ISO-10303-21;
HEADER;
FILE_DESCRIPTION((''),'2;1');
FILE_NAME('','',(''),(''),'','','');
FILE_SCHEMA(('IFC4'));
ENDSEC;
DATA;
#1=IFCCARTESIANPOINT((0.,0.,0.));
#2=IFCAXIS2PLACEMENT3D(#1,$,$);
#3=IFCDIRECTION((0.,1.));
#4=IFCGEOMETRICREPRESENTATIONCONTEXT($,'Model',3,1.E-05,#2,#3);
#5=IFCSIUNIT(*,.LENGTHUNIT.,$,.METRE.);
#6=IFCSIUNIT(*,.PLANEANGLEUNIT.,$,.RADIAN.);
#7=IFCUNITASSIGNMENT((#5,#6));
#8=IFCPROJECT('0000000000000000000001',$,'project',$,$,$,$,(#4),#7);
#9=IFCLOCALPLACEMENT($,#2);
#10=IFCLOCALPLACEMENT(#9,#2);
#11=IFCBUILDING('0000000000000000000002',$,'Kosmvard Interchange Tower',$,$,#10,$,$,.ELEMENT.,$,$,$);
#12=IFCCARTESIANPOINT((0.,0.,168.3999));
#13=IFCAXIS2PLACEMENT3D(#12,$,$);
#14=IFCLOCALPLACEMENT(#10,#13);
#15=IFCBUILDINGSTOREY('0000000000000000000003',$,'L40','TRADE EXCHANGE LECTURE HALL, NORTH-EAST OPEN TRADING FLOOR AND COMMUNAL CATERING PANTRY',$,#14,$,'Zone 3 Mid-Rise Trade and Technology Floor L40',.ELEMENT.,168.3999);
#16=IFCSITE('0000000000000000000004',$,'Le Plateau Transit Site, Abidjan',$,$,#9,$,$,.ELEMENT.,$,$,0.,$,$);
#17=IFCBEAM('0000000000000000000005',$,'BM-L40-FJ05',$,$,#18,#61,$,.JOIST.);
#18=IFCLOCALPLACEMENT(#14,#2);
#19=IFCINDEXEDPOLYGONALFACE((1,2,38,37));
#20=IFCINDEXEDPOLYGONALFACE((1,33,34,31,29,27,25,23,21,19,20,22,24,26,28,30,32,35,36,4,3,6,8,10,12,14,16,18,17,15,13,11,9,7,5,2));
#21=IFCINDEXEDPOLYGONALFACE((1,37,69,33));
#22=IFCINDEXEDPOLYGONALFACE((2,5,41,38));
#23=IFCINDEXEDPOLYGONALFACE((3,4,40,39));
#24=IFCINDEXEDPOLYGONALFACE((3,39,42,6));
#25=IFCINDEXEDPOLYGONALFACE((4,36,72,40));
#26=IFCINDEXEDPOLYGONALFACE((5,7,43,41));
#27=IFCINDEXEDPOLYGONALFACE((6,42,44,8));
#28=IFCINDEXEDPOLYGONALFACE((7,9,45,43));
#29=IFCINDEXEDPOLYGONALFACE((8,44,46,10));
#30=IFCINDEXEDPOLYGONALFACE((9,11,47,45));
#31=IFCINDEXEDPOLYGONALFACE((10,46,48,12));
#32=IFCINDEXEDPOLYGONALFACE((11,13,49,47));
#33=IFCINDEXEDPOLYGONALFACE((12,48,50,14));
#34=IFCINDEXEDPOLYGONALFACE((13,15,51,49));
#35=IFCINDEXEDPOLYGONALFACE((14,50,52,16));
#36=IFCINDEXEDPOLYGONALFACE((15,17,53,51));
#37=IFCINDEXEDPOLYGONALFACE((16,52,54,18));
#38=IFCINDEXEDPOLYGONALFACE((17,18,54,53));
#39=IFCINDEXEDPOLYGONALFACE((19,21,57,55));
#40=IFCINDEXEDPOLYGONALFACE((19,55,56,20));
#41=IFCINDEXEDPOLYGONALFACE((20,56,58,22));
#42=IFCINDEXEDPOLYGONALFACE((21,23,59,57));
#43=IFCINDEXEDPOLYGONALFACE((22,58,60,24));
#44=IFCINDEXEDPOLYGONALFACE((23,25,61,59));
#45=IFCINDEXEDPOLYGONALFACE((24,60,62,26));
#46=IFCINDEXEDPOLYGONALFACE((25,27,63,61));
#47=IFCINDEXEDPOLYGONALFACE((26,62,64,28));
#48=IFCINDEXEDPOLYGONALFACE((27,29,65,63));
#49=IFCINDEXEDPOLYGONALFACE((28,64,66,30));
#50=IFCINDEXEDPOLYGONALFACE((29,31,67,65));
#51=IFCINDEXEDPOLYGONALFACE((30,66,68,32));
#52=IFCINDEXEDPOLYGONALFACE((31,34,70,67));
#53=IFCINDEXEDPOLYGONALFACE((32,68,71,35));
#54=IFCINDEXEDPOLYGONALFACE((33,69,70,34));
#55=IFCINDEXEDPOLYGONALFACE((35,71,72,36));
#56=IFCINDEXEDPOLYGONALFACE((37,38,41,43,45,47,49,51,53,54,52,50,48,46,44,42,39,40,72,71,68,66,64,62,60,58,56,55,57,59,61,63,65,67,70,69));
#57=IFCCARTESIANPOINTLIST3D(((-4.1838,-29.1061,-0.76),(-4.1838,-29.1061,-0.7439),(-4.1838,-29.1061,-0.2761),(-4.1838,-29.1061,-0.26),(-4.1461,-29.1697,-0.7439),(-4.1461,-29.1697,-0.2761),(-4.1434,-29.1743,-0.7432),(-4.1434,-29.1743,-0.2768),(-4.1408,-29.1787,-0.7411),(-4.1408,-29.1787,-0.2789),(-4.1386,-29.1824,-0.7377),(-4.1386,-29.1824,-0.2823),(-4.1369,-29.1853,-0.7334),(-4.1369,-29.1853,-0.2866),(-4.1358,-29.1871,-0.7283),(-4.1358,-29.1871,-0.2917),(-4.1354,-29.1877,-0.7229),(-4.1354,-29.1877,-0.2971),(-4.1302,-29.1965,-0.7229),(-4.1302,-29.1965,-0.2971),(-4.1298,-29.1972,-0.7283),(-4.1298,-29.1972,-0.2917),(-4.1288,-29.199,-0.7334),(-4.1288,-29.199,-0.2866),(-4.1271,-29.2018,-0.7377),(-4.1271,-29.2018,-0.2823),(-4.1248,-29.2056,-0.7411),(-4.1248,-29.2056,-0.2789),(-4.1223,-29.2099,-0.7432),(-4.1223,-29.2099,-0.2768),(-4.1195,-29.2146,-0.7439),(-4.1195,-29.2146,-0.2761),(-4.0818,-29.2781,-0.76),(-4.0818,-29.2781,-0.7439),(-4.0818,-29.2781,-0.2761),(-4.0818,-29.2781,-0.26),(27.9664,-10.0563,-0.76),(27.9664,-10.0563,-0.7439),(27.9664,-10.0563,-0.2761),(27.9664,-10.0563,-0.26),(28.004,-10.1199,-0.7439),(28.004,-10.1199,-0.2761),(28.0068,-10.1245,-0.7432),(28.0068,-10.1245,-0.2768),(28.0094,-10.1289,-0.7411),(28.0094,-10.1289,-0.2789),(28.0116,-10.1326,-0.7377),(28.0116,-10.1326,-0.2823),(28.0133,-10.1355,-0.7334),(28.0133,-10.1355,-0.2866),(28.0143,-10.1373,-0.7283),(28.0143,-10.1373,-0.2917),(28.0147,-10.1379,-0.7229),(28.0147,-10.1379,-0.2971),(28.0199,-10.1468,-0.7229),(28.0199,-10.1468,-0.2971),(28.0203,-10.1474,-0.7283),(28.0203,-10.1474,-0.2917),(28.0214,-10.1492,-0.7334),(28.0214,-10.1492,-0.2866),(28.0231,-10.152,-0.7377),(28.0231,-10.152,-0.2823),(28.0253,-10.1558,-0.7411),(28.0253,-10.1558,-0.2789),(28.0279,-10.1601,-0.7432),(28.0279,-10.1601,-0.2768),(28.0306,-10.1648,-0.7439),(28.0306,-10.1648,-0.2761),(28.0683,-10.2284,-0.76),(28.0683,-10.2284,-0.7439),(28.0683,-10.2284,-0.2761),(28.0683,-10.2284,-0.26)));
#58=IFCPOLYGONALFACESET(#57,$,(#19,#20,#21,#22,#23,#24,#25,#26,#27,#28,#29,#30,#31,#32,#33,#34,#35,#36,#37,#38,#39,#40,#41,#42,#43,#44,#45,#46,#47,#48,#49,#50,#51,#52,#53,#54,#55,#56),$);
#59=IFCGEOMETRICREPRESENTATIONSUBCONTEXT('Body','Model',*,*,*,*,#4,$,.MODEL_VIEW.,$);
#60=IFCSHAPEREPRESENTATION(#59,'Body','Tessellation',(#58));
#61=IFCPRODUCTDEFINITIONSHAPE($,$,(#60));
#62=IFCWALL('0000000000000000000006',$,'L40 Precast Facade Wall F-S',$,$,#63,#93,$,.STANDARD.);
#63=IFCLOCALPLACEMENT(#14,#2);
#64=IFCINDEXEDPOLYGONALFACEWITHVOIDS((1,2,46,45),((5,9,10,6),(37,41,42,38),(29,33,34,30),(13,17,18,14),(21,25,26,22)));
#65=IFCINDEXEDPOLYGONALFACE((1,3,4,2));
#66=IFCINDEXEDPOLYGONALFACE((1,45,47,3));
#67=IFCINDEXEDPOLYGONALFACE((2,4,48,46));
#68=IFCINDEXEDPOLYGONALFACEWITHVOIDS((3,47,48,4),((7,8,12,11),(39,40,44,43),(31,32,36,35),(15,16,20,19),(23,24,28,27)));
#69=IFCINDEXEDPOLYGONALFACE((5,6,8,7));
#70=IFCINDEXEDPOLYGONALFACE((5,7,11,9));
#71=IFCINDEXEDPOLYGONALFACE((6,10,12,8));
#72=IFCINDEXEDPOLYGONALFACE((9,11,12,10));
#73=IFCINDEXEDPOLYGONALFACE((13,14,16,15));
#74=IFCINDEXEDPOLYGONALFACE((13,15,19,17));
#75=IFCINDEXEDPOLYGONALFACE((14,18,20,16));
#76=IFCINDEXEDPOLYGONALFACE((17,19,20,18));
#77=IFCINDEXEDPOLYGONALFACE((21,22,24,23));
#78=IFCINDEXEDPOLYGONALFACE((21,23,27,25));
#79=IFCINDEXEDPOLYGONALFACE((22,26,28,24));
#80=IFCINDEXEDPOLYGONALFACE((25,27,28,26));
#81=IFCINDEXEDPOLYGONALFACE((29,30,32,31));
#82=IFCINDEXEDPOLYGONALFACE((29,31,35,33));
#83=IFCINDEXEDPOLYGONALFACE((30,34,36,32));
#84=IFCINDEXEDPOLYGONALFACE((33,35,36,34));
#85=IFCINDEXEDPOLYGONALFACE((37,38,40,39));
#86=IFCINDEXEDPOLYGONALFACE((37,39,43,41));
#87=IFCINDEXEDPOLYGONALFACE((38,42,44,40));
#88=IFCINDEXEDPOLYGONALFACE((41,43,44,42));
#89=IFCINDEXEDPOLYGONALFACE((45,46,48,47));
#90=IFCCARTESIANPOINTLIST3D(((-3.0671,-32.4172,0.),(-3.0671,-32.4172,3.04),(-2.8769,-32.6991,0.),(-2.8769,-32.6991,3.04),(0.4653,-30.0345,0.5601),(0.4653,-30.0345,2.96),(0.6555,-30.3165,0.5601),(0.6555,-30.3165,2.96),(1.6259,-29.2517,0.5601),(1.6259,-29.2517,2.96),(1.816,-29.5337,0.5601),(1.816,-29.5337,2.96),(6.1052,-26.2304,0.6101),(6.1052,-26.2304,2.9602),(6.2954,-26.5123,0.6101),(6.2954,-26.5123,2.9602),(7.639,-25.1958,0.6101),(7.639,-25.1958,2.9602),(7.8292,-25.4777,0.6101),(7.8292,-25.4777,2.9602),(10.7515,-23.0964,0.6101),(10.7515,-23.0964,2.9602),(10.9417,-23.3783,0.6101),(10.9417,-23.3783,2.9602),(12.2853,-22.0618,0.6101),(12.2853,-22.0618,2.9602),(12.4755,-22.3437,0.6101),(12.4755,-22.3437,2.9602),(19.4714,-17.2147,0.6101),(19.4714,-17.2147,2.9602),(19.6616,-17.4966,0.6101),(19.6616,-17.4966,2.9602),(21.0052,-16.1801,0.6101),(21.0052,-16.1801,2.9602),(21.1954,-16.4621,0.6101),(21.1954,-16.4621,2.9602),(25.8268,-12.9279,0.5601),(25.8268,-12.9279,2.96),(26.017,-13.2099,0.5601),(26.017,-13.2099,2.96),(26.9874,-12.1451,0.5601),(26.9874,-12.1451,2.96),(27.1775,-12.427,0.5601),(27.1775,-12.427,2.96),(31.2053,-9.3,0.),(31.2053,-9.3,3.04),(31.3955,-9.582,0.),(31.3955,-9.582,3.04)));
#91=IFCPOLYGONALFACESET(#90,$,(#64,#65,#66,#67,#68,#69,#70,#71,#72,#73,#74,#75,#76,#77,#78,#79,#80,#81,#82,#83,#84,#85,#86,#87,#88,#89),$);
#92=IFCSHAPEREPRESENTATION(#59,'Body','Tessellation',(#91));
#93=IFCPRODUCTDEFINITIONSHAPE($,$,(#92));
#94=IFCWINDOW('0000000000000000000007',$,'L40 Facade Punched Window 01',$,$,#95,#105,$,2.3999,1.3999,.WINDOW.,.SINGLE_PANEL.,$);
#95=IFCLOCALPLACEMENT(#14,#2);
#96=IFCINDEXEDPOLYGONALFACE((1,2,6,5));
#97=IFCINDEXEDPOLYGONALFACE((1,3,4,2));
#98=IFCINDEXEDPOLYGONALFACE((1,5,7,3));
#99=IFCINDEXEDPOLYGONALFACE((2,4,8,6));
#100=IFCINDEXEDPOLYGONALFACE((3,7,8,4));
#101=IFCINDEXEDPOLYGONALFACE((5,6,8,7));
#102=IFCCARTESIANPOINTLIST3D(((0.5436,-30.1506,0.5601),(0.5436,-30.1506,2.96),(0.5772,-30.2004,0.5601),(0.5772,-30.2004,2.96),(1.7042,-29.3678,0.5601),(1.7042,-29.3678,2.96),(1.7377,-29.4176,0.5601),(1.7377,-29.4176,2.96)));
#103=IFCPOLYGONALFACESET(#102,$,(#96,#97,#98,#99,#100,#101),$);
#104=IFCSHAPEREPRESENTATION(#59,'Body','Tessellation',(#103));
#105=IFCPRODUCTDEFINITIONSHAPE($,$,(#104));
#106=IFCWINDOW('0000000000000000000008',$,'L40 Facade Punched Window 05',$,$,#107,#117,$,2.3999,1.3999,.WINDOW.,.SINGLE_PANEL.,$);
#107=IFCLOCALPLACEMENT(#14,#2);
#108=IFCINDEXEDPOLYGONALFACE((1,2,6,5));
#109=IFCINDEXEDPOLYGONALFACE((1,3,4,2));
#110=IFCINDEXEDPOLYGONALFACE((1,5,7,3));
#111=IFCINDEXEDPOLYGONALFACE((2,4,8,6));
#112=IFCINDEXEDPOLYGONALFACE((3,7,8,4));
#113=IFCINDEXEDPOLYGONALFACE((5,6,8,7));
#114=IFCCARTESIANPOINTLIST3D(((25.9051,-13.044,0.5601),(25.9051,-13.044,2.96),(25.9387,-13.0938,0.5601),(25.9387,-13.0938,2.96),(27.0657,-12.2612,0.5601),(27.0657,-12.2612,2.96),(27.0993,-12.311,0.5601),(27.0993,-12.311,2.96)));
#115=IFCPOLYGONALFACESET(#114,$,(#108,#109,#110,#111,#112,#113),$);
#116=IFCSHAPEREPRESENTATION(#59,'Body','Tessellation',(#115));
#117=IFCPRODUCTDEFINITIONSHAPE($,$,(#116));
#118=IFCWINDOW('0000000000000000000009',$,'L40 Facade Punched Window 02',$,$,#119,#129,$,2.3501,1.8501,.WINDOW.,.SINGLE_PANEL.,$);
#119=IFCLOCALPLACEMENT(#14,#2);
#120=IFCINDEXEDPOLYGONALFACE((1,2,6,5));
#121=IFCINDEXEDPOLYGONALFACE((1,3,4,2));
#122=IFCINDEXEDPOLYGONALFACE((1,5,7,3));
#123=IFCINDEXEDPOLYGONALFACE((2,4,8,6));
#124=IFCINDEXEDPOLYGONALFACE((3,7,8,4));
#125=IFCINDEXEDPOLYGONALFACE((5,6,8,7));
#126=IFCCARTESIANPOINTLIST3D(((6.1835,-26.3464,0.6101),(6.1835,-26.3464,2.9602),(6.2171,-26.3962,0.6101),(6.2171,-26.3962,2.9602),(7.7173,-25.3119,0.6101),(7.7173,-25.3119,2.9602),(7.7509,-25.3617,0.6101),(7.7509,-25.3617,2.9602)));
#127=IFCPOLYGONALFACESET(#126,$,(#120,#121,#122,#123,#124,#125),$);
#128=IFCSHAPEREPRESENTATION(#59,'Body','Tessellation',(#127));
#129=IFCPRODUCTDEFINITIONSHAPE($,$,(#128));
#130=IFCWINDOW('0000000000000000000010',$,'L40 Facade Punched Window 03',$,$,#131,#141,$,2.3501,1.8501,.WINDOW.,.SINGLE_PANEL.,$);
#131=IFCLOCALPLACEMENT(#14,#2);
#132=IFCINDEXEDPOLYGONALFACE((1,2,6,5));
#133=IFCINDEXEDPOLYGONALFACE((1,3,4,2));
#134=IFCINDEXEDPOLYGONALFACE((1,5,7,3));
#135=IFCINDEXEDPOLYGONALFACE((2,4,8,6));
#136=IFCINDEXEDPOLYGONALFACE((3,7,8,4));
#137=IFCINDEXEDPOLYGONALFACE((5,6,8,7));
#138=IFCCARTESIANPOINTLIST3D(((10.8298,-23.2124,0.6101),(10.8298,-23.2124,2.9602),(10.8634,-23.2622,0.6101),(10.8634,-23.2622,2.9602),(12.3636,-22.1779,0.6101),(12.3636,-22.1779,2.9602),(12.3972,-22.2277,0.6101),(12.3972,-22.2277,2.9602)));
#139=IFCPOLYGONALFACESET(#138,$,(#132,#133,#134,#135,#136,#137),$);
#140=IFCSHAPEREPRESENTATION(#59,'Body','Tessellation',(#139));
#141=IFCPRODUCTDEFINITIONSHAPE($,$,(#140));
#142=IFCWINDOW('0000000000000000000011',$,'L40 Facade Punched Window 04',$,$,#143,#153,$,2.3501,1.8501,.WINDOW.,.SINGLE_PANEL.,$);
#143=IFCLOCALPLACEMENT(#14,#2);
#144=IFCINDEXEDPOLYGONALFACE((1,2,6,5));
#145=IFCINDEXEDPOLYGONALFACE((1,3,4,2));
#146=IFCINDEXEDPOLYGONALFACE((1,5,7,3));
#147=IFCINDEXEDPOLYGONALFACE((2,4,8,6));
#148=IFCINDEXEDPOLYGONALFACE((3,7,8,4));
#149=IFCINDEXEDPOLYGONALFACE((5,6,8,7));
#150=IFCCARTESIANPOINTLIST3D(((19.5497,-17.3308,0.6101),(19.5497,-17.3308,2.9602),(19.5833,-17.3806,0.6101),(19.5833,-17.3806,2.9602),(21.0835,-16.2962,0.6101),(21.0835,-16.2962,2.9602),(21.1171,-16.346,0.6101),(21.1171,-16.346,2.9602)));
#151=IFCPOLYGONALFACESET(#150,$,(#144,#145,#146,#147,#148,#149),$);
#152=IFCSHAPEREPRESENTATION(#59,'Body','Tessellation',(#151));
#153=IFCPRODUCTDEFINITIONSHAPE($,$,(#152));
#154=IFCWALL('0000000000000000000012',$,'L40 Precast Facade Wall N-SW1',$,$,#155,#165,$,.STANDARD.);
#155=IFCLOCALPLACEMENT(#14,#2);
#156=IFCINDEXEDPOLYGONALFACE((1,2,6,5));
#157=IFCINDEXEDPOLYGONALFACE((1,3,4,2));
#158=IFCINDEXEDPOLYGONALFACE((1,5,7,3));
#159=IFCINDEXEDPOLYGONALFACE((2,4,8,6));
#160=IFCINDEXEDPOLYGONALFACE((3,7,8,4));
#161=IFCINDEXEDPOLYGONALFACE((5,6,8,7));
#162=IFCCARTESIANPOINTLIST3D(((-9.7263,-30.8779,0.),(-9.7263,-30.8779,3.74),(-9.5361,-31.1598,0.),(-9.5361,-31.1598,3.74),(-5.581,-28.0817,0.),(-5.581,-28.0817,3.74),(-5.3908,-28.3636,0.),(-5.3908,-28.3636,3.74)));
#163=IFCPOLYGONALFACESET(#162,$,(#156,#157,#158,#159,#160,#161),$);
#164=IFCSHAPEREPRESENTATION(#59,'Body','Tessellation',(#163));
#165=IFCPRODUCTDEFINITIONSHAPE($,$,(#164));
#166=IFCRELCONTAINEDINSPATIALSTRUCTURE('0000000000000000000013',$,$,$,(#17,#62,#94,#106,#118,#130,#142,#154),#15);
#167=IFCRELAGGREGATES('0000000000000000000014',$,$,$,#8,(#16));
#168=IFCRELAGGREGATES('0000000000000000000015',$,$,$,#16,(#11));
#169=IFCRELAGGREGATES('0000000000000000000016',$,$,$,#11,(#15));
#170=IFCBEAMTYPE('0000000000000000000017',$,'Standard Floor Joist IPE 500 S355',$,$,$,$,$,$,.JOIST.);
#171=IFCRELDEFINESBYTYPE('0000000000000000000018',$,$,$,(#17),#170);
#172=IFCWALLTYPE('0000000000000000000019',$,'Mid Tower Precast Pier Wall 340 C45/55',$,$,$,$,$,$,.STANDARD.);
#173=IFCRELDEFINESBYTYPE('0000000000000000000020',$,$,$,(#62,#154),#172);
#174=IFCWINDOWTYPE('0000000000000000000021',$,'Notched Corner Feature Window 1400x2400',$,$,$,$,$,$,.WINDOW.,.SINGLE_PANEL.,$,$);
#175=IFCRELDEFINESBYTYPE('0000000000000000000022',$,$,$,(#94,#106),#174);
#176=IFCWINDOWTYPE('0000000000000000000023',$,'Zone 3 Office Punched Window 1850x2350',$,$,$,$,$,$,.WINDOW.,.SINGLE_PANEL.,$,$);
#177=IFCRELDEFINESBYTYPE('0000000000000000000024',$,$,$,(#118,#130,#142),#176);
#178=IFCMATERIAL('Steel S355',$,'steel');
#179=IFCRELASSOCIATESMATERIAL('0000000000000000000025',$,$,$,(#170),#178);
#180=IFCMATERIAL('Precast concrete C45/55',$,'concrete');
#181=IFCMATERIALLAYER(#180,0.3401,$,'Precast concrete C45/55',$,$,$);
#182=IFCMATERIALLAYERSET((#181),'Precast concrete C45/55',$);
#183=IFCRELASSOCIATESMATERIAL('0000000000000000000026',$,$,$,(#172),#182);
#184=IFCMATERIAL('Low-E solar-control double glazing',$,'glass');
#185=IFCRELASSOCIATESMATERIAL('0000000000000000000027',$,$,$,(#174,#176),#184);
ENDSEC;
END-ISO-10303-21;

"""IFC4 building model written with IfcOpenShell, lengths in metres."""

from ifc_helpers import new_model, si_unit, direction, frame, frame_2d, origin, origin_2d, place, context, subcontext, project, spatial, rectangle, i_section, extrude, source, transform, mapped, material, layer, layer_set, material_profile, profile_set, type_object, element, fill, save


model = new_model("IFC4")

# Units and contexts
model_context = context("Model", 3, precision=1e-05, world=origin(), true_north=direction((0.0, 1.0)))
body_context = subcontext(model_context, "Body", "Model", "MODEL_VIEW")
ifc_project = project(units=[si_unit("LENGTHUNIT", "METRE"), si_unit("PLANEANGLEUNIT", "RADIAN")], contexts=[model_context])

# Site, building, storey
site_placement = place(None, origin())
site = spatial("IfcSite", under=ifc_project, at=site_placement, Name="Le Plateau Transit Site, Abidjan", CompositionType="ELEMENT", RefElevation=0.0)
building_placement = place(site_placement, origin())
building = spatial("IfcBuilding", under=site, at=building_placement, Name="Kosmvard Interchange Tower", CompositionType="ELEMENT")
storey_placement = place(building_placement, frame((0.0, 0.0, 168.3999)))
storey = spatial("IfcBuildingStorey", under=building, at=storey_placement, Name="L40", Description="TRADE EXCHANGE LECTURE HALL, NORTH-EAST OPEN TRADING FLOOR AND COMMUNAL CATERING PANTRY", LongName="Zone 3 Mid-Rise Trade and Technology Floor L40", CompositionType="ELEMENT", Elevation=168.3999)

# Beam
ifc_material_1 = material(Name="Steel S355", Category="steel")
ifc_material_2 = material(Name="Precast concrete C45/55", Category="concrete")
ifc_material_profile_1 = material_profile(ifc_material_1, i_section(OverallWidth=0.2, OverallDepth=0.5, WebThickness=0.0103, FlangeThickness=0.0161, FilletRadius=0.021, at=origin_2d()), Name="IPE 500")
ifc_profile_set_1 = profile_set([ifc_material_profile_1], Name="Steel S355")
beam_type_1 = type_object("IfcBeamType", Name="Standard Floor Joist IPE 500 S355", PredefinedType="JOIST", material=ifc_profile_set_1)
shared_shape_1 = source(origin(), body_context, "Body", "SweptSolid", [
    extrude(i_section(OverallWidth=0.2, OverallDepth=0.5, WebThickness=0.0103, FlangeThickness=0.0161, FilletRadius=0.021, at=origin_2d()), origin(), (0.0, 0.0, 1.0), 37.3701),
])
beam_1_placement = place(storey_placement, frame((-4.1328, -29.1921, -0.51), z_axis=(0.860317, 0.50976, 0.0), x_axis=(-0.50976, 0.860317, 0.0)))
element("IfcBeam", 1, at=beam_1_placement, inside=storey, type_object=beam_type_1, Name="BM-L40-FJ05", PredefinedType="JOIST", context=body_context, shape_type="MappedRepresentation", body=[
    mapped(shared_shape_1, transform((0.0, 0.0, 0.0), scale=1.0)),
])

# Wall, openings, windows
ifc_layer_1 = layer(ifc_material_2, 0.3401, Name="Precast concrete C45/55")
ifc_layer_set_1 = layer_set([ifc_layer_1], Name="Precast concrete C45/55")
wall_type_1 = type_object("IfcWallType", Name="Mid Tower Precast Pier Wall 340 C45/55", PredefinedType="STANDARD", material=ifc_layer_set_1)
wall_1_placement = place(storey_placement, frame((-2.9719, -32.5581, 0.0), z_axis=(0.0, 0.0, 1.0), x_axis=(0.829036, 0.559195, 0.0)))
wall_1 = element("IfcWall", 2, at=wall_1_placement, inside=storey, type_object=wall_type_1, Name="L40 Precast Facade Wall F-S", PredefinedType="STANDARD", context=body_context, shape_type="SweptSolid", body=[
    extrude(rectangle(XDim=41.3401, YDim=0.3401, at=frame_2d((20.6699, 0.0))), origin(), (0.0, 0.0, 1.0), 3.04),
])
opening_1_placement = place(wall_1_placement, frame((4.2607, 0.0, 0.5601)))
opening_1 = element("IfcOpeningElement", 3, at=opening_1_placement, cuts=wall_1, PredefinedType="OPENING", context=body_context, shape_type="SweptSolid", body=[
    extrude(rectangle(XDim=1.3999, YDim=2.3999, at=frame_2d((0.7, 1.2))), frame((0.0, 0.1802, 0.0), z_axis=(0.0, -1.0, 0.0), x_axis=(1.0, 0.0, 0.0)), (0.0, 0.0, 1.0), 0.3601),
])
opening_2_placement = place(wall_1_placement, frame((11.0637, 0.0, 0.6101)))
opening_2 = element("IfcOpeningElement", 4, at=opening_2_placement, cuts=wall_1, PredefinedType="OPENING", context=body_context, shape_type="SweptSolid", body=[
    extrude(rectangle(XDim=1.8501, YDim=2.3501, at=frame_2d((0.925, 1.175))), frame((0.0, 0.1802, 0.0), z_axis=(0.0, -1.0, 0.0), x_axis=(1.0, 0.0, 0.0)), (0.0, 0.0, 1.0), 0.3601),
])
opening_3_placement = place(wall_1_placement, frame((16.6682, 0.0, 0.6101)))
opening_3 = element("IfcOpeningElement", 5, at=opening_3_placement, cuts=wall_1, PredefinedType="OPENING", context=body_context, shape_type="SweptSolid", body=[
    extrude(rectangle(XDim=1.8501, YDim=2.3501, at=frame_2d((0.925, 1.175))), frame((0.0, 0.1802, 0.0), z_axis=(0.0, -1.0, 0.0), x_axis=(1.0, 0.0, 0.0)), (0.0, 0.0, 1.0), 0.3601),
])
opening_4_placement = place(wall_1_placement, frame((27.1863, 0.0, 0.6101)))
opening_4 = element("IfcOpeningElement", 6, at=opening_4_placement, cuts=wall_1, PredefinedType="OPENING", context=body_context, shape_type="SweptSolid", body=[
    extrude(rectangle(XDim=1.8501, YDim=2.3501, at=frame_2d((0.925, 1.175))), frame((0.0, 0.1802, 0.0), z_axis=(0.0, -1.0, 0.0), x_axis=(1.0, 0.0, 0.0)), (0.0, 0.0, 1.0), 0.3601),
])
opening_5_placement = place(wall_1_placement, frame((34.8523, 0.0, 0.5601)))
opening_5 = element("IfcOpeningElement", 7, at=opening_5_placement, cuts=wall_1, PredefinedType="OPENING", context=body_context, shape_type="SweptSolid", body=[
    extrude(rectangle(XDim=1.3999, YDim=2.3999, at=frame_2d((0.7, 1.2))), frame((0.0, 0.1802, 0.0), z_axis=(0.0, -1.0, 0.0), x_axis=(1.0, 0.0, 0.0)), (0.0, 0.0, 1.0), 0.3601),
])
ifc_material_3 = material(Name="Low-E solar-control double glazing", Category="glass")
window_type_1 = type_object("IfcWindowType", Name="Notched Corner Feature Window 1400x2400", PartitioningType="SINGLE_PANEL", PredefinedType="WINDOW", material=ifc_material_3)
shared_shape_2 = source(origin(), body_context, "Body", "SweptSolid", [
    extrude(rectangle(XDim=1.3999, YDim=2.3999, at=frame_2d((0.7, 1.2))), frame((0.0, 0.03, 0.0), z_axis=(0.0, -1.0, 0.0), x_axis=(1.0, 0.0, 0.0)), (0.0, 0.0, 1.0), 0.0601),
])
window_1_placement = place(opening_1_placement, origin())
window_1 = element("IfcWindow", 8, at=window_1_placement, inside=storey, type_object=window_type_1, Name="L40 Facade Punched Window 01", OverallHeight=2.3999, OverallWidth=1.3999, PartitioningType="SINGLE_PANEL", PredefinedType="WINDOW", context=body_context, shape_type="MappedRepresentation", body=[
    mapped(shared_shape_2, transform((0.0, 0.0, 0.0), scale=1.0)),
])
fill(opening_1, window_1)
window_2_placement = place(opening_5_placement, origin())
window_2 = element("IfcWindow", 9, at=window_2_placement, inside=storey, type_object=window_type_1, Name="L40 Facade Punched Window 05", OverallHeight=2.3999, OverallWidth=1.3999, PartitioningType="SINGLE_PANEL", PredefinedType="WINDOW", context=body_context, shape_type="MappedRepresentation", body=[
    mapped(shared_shape_2, transform((0.0, 0.0, 0.0), scale=1.0)),
])
fill(opening_5, window_2)
window_type_2 = type_object("IfcWindowType", Name="Zone 3 Office Punched Window 1850x2350", PartitioningType="SINGLE_PANEL", PredefinedType="WINDOW", material=ifc_material_3)
shared_shape_3 = source(origin(), body_context, "Body", "SweptSolid", [
    extrude(rectangle(XDim=1.8501, YDim=2.3501, at=frame_2d((0.925, 1.175))), frame((0.0, 0.03, 0.0), z_axis=(0.0, -1.0, 0.0), x_axis=(1.0, 0.0, 0.0)), (0.0, 0.0, 1.0), 0.0601),
])
window_3_placement = place(opening_2_placement, origin())
window_3 = element("IfcWindow", 10, at=window_3_placement, inside=storey, type_object=window_type_2, Name="L40 Facade Punched Window 02", OverallHeight=2.3501, OverallWidth=1.8501, PartitioningType="SINGLE_PANEL", PredefinedType="WINDOW", context=body_context, shape_type="MappedRepresentation", body=[
    mapped(shared_shape_3, transform((0.0, 0.0, 0.0), scale=1.0)),
])
fill(opening_2, window_3)
window_4_placement = place(opening_3_placement, origin())
window_4 = element("IfcWindow", 11, at=window_4_placement, inside=storey, type_object=window_type_2, Name="L40 Facade Punched Window 03", OverallHeight=2.3501, OverallWidth=1.8501, PartitioningType="SINGLE_PANEL", PredefinedType="WINDOW", context=body_context, shape_type="MappedRepresentation", body=[
    mapped(shared_shape_3, transform((0.0, 0.0, 0.0), scale=1.0)),
])
fill(opening_3, window_4)
window_5_placement = place(opening_4_placement, origin())
window_5 = element("IfcWindow", 12, at=window_5_placement, inside=storey, type_object=window_type_2, Name="L40 Facade Punched Window 04", OverallHeight=2.3501, OverallWidth=1.8501, PartitioningType="SINGLE_PANEL", PredefinedType="WINDOW", context=body_context, shape_type="MappedRepresentation", body=[
    mapped(shared_shape_3, transform((0.0, 0.0, 0.0), scale=1.0)),
])
fill(opening_4, window_5)

# Wall
wall_2_placement = place(storey_placement, frame((-9.6311, -31.0188, 0.0), z_axis=(0.0, 0.0, 1.0), x_axis=(0.829026, 0.55921, 0.0)))
element("IfcWall", 13, at=wall_2_placement, inside=storey, type_object=wall_type_1, Name="L40 Precast Facade Wall N-SW1", PredefinedType="STANDARD", context=body_context, shape_type="SweptSolid", body=[
    extrude(rectangle(XDim=5.0002, YDim=0.3401, at=frame_2d((2.5, 0.0))), origin(), (0.0, 0.0, 1.0), 3.74),
])

save(model, "model.ifc")
